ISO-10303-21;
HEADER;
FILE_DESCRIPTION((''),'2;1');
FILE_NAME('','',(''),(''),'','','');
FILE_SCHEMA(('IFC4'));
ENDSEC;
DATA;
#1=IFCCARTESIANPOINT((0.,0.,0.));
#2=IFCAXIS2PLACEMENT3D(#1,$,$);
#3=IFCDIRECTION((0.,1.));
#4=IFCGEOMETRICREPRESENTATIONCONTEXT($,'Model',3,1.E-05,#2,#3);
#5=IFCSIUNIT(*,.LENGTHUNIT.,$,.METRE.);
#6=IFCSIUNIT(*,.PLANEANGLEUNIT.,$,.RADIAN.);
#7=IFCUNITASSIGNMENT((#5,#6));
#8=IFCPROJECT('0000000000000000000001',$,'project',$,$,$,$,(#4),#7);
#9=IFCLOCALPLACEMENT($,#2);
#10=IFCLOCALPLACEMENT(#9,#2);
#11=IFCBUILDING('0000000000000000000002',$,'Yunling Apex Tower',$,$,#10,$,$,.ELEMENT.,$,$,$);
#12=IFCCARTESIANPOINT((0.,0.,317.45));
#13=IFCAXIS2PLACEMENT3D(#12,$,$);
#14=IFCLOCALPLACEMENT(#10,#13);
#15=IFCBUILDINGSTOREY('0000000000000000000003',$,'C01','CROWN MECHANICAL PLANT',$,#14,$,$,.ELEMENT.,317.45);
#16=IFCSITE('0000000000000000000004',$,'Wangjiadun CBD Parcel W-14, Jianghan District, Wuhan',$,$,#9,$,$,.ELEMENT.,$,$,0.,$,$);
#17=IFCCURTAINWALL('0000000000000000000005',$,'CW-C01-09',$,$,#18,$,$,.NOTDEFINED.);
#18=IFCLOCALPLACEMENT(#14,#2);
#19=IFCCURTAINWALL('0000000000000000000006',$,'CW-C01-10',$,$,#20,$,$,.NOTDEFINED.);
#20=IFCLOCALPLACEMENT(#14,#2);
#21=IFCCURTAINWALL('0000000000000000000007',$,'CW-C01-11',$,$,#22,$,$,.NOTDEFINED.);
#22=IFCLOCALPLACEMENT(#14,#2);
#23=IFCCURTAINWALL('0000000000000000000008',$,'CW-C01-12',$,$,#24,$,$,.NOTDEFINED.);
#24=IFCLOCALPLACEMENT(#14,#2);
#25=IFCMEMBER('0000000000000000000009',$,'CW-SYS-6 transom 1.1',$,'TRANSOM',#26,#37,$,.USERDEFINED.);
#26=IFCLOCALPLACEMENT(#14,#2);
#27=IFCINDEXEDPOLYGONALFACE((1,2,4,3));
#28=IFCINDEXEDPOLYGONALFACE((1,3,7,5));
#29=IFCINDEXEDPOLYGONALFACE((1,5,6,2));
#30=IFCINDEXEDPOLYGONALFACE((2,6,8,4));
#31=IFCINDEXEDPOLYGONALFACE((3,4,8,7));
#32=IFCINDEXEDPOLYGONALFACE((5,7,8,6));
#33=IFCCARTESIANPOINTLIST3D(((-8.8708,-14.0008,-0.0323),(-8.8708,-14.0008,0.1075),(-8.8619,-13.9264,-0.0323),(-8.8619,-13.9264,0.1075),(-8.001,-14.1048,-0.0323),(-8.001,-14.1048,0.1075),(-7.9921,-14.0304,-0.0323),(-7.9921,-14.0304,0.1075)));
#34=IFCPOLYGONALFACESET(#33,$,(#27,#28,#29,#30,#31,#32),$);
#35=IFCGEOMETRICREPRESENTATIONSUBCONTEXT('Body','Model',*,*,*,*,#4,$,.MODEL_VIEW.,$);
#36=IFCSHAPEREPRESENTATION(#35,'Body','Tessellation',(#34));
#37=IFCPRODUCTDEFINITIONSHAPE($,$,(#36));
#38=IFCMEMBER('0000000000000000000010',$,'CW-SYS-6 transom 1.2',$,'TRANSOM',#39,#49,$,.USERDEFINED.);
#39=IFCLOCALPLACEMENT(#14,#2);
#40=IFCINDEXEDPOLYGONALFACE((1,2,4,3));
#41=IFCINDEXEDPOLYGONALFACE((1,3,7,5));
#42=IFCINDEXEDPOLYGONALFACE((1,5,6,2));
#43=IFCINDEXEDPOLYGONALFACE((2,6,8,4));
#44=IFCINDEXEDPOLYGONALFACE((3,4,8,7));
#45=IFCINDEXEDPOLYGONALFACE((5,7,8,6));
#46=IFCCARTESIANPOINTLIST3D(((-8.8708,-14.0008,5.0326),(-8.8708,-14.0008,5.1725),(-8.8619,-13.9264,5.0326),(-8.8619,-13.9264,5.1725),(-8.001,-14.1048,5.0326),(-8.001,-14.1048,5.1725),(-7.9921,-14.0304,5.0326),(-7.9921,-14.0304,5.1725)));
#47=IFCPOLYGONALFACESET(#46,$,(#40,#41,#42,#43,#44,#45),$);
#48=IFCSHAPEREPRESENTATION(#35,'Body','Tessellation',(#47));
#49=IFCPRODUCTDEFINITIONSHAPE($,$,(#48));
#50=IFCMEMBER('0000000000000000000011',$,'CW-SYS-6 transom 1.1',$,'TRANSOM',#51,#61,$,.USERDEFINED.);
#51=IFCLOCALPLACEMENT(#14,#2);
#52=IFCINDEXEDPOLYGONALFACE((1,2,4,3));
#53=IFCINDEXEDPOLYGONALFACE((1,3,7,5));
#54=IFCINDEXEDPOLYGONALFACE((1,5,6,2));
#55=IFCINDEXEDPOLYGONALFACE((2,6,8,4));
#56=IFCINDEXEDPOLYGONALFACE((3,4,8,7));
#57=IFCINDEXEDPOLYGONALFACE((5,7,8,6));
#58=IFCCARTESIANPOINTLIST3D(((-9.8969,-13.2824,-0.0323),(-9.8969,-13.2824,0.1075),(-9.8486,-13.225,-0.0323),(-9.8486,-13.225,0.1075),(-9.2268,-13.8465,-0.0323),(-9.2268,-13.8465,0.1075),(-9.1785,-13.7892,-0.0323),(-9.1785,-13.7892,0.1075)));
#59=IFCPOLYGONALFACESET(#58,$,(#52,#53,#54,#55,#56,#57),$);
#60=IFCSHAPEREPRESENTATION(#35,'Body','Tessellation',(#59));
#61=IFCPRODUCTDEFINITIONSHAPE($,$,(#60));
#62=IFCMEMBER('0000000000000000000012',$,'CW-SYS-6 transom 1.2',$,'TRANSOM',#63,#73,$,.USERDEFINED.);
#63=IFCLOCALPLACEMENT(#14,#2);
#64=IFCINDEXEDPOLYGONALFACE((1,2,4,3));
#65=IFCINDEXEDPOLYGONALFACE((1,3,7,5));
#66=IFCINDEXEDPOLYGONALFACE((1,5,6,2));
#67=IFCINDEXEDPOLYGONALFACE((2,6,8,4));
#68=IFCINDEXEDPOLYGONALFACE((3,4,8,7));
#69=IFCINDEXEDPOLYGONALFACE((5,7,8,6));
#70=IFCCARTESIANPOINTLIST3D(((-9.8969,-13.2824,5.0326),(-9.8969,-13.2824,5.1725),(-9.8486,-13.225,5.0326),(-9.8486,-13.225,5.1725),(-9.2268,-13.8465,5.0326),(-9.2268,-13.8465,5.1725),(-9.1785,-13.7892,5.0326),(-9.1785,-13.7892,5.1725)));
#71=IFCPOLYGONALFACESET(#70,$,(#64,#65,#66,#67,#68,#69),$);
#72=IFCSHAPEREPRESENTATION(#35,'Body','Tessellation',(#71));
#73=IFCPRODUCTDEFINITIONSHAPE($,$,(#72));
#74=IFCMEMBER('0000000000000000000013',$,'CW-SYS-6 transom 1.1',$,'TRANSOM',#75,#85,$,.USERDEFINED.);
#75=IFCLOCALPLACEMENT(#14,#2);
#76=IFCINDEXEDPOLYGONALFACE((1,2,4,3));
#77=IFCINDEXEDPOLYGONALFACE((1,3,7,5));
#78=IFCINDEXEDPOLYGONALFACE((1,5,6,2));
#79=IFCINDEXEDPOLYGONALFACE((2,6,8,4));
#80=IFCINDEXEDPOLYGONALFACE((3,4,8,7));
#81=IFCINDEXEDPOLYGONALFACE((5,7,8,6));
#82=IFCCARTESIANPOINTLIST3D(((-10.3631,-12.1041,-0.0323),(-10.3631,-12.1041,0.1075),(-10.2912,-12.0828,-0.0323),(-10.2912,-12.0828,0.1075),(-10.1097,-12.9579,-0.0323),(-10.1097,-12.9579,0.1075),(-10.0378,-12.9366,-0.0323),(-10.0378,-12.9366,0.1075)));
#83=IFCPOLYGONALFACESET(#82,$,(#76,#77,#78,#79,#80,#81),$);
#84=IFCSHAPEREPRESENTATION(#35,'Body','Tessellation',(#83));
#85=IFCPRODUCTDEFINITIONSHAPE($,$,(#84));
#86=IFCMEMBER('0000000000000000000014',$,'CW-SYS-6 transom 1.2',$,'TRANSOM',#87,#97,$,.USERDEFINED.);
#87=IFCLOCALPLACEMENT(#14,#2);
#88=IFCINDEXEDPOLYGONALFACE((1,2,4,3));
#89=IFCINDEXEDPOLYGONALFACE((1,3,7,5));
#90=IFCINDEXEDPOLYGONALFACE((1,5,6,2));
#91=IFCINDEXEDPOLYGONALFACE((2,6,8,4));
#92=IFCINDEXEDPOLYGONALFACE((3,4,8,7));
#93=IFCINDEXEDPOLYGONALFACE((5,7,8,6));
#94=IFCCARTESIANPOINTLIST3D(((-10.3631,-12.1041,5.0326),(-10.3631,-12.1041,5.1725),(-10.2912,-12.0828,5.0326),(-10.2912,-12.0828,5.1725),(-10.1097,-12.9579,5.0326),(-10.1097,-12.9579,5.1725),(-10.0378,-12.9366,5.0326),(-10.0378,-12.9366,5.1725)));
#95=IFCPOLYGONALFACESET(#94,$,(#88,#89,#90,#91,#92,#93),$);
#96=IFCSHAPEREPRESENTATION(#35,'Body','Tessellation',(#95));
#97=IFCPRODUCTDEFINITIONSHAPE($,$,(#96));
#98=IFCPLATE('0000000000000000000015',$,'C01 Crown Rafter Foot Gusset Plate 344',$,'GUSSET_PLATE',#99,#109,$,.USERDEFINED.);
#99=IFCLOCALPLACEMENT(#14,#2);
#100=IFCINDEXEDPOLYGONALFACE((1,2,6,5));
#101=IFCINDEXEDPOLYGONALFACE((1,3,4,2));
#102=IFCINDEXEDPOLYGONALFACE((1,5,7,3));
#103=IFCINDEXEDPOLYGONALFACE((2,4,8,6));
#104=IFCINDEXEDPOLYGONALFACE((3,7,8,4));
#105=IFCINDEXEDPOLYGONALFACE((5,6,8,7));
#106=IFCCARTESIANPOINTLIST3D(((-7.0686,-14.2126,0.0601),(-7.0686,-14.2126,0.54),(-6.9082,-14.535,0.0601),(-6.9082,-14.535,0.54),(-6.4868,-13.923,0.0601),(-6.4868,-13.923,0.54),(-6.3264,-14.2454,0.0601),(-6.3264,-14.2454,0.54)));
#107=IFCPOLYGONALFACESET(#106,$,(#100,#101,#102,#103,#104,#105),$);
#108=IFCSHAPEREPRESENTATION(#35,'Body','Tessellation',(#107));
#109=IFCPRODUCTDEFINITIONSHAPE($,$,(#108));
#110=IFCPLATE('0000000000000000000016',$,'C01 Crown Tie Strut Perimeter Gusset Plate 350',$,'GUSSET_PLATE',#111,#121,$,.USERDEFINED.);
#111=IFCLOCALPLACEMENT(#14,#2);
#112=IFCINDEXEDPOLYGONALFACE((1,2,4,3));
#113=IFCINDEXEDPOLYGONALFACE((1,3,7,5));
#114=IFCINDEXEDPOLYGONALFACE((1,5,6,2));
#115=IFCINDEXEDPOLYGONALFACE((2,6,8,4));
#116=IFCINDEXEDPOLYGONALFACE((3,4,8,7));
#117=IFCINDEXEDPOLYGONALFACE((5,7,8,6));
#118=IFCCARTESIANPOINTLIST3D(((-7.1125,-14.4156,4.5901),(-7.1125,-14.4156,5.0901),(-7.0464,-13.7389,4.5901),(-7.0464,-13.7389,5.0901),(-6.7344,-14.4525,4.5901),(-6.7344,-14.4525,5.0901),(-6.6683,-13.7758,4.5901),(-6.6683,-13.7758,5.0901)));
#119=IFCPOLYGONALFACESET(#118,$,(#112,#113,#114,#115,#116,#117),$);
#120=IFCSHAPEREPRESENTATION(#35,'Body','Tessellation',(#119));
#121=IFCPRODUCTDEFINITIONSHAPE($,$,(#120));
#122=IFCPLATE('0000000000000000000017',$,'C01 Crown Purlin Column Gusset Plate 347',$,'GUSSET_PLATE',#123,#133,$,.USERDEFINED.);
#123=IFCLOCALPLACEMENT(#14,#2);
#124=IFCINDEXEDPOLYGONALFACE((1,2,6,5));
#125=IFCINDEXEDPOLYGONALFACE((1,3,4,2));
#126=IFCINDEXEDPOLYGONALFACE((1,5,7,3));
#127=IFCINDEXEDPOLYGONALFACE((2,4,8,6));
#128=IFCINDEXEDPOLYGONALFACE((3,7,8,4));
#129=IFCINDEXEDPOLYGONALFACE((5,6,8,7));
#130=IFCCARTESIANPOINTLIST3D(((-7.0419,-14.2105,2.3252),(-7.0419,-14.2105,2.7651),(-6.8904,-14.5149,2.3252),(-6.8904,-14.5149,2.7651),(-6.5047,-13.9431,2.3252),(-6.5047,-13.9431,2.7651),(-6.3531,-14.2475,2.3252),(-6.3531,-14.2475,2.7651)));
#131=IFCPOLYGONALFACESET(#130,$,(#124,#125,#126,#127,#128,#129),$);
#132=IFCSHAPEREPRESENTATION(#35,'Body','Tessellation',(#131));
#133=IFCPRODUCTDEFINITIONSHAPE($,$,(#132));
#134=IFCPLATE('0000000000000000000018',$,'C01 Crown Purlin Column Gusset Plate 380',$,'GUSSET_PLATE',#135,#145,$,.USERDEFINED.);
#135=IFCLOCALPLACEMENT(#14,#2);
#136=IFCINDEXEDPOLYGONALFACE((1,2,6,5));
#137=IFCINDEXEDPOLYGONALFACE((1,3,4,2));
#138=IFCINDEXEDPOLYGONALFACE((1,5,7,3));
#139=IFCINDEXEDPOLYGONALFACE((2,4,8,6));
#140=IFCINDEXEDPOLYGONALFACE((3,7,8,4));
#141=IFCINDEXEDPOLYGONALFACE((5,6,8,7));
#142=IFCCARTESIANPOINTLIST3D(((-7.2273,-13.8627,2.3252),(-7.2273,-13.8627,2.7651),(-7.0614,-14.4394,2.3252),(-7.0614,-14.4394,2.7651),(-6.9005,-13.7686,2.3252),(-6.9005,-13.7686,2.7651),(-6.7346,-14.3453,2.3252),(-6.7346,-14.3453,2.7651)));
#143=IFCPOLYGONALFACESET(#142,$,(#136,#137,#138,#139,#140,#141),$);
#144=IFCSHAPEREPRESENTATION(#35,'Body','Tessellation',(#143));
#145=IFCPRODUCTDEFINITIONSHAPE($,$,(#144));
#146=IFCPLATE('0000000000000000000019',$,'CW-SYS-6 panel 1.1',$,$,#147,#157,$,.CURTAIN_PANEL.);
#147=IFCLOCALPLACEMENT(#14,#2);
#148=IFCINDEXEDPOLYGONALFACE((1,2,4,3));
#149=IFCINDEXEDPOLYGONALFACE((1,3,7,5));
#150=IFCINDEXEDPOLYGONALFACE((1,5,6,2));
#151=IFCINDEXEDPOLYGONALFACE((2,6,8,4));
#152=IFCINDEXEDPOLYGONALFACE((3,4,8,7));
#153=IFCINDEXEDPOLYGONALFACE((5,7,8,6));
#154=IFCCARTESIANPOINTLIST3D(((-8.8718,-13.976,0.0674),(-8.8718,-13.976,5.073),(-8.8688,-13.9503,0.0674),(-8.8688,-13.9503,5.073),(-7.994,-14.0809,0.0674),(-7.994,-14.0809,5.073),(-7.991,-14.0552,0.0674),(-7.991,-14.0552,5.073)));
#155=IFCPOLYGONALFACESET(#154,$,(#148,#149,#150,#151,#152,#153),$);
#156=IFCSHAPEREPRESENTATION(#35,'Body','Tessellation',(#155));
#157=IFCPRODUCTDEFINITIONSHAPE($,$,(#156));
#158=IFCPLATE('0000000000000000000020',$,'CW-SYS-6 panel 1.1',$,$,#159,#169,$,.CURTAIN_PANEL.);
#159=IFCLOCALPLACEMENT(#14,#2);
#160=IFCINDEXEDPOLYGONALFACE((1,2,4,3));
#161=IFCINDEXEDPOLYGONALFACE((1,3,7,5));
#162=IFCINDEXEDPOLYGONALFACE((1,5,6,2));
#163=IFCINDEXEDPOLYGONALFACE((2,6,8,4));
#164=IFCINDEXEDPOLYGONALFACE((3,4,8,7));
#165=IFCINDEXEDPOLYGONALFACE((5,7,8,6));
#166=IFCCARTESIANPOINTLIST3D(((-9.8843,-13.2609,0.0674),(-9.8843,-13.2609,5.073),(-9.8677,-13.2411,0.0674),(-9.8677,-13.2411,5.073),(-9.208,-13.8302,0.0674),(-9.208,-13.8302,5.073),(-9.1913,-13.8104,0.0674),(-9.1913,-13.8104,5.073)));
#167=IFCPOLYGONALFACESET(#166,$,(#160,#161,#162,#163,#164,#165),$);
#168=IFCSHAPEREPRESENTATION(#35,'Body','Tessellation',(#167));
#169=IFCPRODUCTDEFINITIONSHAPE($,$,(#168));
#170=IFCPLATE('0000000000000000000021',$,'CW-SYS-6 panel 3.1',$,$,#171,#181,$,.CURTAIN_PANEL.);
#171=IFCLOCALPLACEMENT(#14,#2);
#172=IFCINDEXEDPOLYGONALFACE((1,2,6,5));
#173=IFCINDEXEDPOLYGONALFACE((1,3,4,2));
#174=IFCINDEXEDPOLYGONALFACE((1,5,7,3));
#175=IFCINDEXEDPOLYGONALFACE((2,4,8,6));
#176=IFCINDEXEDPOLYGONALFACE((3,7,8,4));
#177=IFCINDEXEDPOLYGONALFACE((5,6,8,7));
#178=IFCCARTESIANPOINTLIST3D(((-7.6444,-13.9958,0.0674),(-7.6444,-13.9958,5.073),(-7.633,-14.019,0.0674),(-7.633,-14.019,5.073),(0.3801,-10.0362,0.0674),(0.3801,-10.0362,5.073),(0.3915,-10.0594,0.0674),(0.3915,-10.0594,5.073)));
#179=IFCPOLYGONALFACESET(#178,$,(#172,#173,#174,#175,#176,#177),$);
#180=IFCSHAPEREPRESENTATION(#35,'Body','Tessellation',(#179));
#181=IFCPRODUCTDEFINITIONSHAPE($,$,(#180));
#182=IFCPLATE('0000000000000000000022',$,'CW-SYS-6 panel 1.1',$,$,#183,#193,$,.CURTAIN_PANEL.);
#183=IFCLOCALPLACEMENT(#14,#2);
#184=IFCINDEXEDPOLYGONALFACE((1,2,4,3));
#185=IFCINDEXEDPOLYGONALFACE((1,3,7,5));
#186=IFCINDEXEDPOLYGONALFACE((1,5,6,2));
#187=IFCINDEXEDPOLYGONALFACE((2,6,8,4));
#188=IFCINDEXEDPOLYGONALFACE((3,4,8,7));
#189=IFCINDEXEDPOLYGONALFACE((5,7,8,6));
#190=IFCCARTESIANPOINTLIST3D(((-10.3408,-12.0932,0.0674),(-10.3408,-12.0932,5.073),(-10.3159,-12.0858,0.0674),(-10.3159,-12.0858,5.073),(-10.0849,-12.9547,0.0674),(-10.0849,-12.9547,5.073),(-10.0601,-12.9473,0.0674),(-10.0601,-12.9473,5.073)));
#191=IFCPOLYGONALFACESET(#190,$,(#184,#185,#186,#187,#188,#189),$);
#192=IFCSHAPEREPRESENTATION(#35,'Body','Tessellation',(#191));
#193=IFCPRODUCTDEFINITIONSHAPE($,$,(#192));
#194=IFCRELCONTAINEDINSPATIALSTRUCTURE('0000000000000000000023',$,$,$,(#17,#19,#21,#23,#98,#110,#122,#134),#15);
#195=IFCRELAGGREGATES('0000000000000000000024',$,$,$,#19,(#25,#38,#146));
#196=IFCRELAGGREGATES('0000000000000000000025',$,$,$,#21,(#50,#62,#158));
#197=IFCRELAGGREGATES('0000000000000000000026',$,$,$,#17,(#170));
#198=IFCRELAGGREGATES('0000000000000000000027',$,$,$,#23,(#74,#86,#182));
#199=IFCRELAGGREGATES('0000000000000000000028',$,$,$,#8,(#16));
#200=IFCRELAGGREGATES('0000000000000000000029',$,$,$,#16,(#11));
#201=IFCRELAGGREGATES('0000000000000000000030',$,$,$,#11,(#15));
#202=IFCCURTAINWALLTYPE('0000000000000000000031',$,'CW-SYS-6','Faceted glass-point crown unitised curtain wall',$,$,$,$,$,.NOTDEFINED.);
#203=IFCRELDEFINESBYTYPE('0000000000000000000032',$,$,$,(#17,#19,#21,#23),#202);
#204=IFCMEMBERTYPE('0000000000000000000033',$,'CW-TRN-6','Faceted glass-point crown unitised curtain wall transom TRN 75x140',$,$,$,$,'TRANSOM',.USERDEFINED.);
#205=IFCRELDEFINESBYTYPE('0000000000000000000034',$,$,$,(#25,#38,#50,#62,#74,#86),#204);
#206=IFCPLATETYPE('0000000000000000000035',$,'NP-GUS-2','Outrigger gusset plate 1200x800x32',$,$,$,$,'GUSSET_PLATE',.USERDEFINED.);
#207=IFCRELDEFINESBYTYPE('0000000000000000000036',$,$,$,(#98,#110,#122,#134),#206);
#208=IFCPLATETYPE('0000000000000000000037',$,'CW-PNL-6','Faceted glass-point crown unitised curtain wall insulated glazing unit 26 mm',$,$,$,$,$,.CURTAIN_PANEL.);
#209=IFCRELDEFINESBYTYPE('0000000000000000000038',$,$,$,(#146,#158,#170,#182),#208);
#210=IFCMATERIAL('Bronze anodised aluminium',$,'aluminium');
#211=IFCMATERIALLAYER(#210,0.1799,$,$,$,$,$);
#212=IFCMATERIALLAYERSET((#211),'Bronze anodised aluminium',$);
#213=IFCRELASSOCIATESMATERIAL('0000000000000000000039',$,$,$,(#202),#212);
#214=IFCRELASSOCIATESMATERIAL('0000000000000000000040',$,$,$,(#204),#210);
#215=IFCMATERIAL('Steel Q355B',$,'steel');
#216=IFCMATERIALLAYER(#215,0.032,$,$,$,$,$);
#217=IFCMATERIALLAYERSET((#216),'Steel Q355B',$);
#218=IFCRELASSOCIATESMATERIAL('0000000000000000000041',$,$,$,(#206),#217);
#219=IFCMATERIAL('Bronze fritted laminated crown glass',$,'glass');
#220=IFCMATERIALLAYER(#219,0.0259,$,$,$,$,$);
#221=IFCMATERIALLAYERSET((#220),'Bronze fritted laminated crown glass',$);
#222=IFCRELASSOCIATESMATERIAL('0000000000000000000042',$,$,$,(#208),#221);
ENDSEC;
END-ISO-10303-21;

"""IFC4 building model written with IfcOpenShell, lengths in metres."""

from ifc_helpers import new_model, si_unit, direction, frame, origin, origin_2d, place, context, subcontext, project, spatial, rectangle, extrude, source, transform, mapped, material, layer, layer_set, material_profile, profile_set, type_object, element, aggregate, save


model = new_model("IFC4")

# Units and contexts
model_context = context("Model", 3, precision=1e-05, world=origin(), true_north=direction((0.0, 1.0)))
body_context = subcontext(model_context, "Body", "Model", "MODEL_VIEW")
ifc_project = project(units=[si_unit("LENGTHUNIT", "METRE"), si_unit("PLANEANGLEUNIT", "RADIAN")], contexts=[model_context])

# Site, building, storey
site_placement = place(None, origin())
site = spatial("IfcSite", under=ifc_project, at=site_placement, Name="Wangjiadun CBD Parcel W-14, Jianghan District, Wuhan", CompositionType="ELEMENT", RefElevation=0.0)
building_placement = place(site_placement, origin())
building = spatial("IfcBuilding", under=site, at=building_placement, Name="Yunling Apex Tower", CompositionType="ELEMENT")
storey_placement = place(building_placement, frame((0.0, 0.0, 317.45)))
storey = spatial("IfcBuildingStorey", under=building, at=storey_placement, Name="C01", Description="CROWN MECHANICAL PLANT", CompositionType="ELEMENT", Elevation=317.45)

# Shared definitions
ifc_material_1 = material(Name="Steel Q355B", Category="steel")

# Curtain wall
ifc_material_2 = material(Name="Bronze anodised aluminium", Category="aluminium")
ifc_layer_1 = layer(ifc_material_2, 0.1799)
ifc_layer_set_1 = layer_set([ifc_layer_1], Name="Bronze anodised aluminium")
curtain_wall_type = type_object("IfcCurtainWallType", Name="CW-SYS-6", Description="Faceted glass-point crown unitised curtain wall", PredefinedType="NOTDEFINED", material=ifc_layer_set_1)
curtain_wall_1_placement = place(storey_placement, origin())
curtain_wall_1 = element("IfcCurtainWall", 1, at=curtain_wall_1_placement, inside=storey, type_object=curtain_wall_type, Name="CW-C01-09", PredefinedType="NOTDEFINED")

# Curtain walls
curtain_wall_2_placement = place(storey_placement, origin())
curtain_wall_2 = element("IfcCurtainWall", 2, at=curtain_wall_2_placement, inside=storey, type_object=curtain_wall_type, Name="CW-C01-10", PredefinedType="NOTDEFINED")
curtain_wall_3_placement = place(storey_placement, origin())
curtain_wall_3 = element("IfcCurtainWall", 3, at=curtain_wall_3_placement, inside=storey, type_object=curtain_wall_type, Name="CW-C01-11", PredefinedType="NOTDEFINED")
curtain_wall_4_placement = place(storey_placement, origin())
curtain_wall_4 = element("IfcCurtainWall", 4, at=curtain_wall_4_placement, inside=storey, type_object=curtain_wall_type, Name="CW-C01-12", PredefinedType="NOTDEFINED")

# Members
ifc_material_profile_1 = material_profile(ifc_material_2, rectangle(XDim=0.075, YDim=0.1399, at=origin_2d()))
ifc_profile_set_1 = profile_set([ifc_material_profile_1], Name="Bronze anodised aluminium")
member_type_1 = type_object("IfcMemberType", Name="CW-TRN-6", Description="Faceted glass-point crown unitised curtain wall transom TRN 75x140", ElementType="TRANSOM", PredefinedType="USERDEFINED", material=ifc_profile_set_1)
shared_shape_1 = source(origin(), body_context, "Body", "SweptSolid", [
    extrude(rectangle(XDim=0.075, YDim=0.1399, at=origin_2d()), origin(), (0.0, 0.0, 1.0), 0.876),
])
member_1_placement = place(storey_placement, frame((-7.9966, -14.0676, 0.0376), z_axis=(-0.992928, 0.118717, 0.0), x_axis=(-0.118717, -0.992928, 0.0)))
member_1 = element("IfcMember", 5, at=member_1_placement, type_object=member_type_1, Name="CW-SYS-6 transom 1.1", ObjectType="TRANSOM", PredefinedType="USERDEFINED", context=body_context, shape_type="MappedRepresentation", body=[
    mapped(shared_shape_1, transform((0.0, 0.0, 0.0), scale=1.0)),
])
member_2_placement = place(storey_placement, frame((-7.9966, -14.0676, 5.1025), z_axis=(-0.992928, 0.118717, 0.0), x_axis=(-0.118717, -0.992928, 0.0)))
member_2 = element("IfcMember", 6, at=member_2_placement, type_object=member_type_1, Name="CW-SYS-6 transom 1.2", ObjectType="TRANSOM", PredefinedType="USERDEFINED", context=body_context, shape_type="MappedRepresentation", body=[
    mapped(shared_shape_1, transform((0.0, 0.0, 0.0), scale=1.0)),
])
member_3_placement = place(storey_placement, frame((-9.2026, -13.8179, 0.0376), z_axis=(-0.764991, 0.644041, 0.0), x_axis=(-0.644041, -0.764991, 0.0)))
member_3 = element("IfcMember", 7, at=member_3_placement, type_object=member_type_1, Name="CW-SYS-6 transom 1.1", ObjectType="TRANSOM", PredefinedType="USERDEFINED", context=body_context, shape_type="MappedRepresentation", body=[
    mapped(shared_shape_1, transform((0.0, 0.0, 0.0), scale=1.0)),
])
member_4_placement = place(storey_placement, frame((-9.2026, -13.8179, 5.1025), z_axis=(-0.764991, 0.644041, 0.0), x_axis=(-0.644041, -0.764991, 0.0)))
member_4 = element("IfcMember", 8, at=member_4_placement, type_object=member_type_1, Name="CW-SYS-6 transom 1.2", ObjectType="TRANSOM", PredefinedType="USERDEFINED", context=body_context, shape_type="MappedRepresentation", body=[
    mapped(shared_shape_1, transform((0.0, 0.0, 0.0), scale=1.0)),
])
shared_shape_2 = source(origin(), body_context, "Body", "SweptSolid", [
    extrude(rectangle(XDim=0.075, YDim=0.1399, at=origin_2d()), origin(), (0.0, 0.0, 1.0), 0.8906),
])
member_5_placement = place(storey_placement, frame((-10.0737, -12.9473, 0.0376), z_axis=(-0.284555, 0.95866, 0.0), x_axis=(-0.95866, -0.284555, 0.0)))
member_5 = element("IfcMember", 9, at=member_5_placement, type_object=member_type_1, Name="CW-SYS-6 transom 1.1", ObjectType="TRANSOM", PredefinedType="USERDEFINED", context=body_context, shape_type="MappedRepresentation", body=[
    mapped(shared_shape_2, transform((0.0, 0.0, 0.0), scale=1.0)),
])
member_6_placement = place(storey_placement, frame((-10.0737, -12.9473, 5.1025), z_axis=(-0.284555, 0.95866, 0.0), x_axis=(-0.95866, -0.284555, 0.0)))
member_6 = element("IfcMember", 10, at=member_6_placement, type_object=member_type_1, Name="CW-SYS-6 transom 1.2", ObjectType="TRANSOM", PredefinedType="USERDEFINED", context=body_context, shape_type="MappedRepresentation", body=[
    mapped(shared_shape_2, transform((0.0, 0.0, 0.0), scale=1.0)),
])

# Plates
ifc_layer_2 = layer(ifc_material_1, 0.032)
ifc_layer_set_2 = layer_set([ifc_layer_2], Name="Steel Q355B")
plate_type_1 = type_object("IfcPlateType", Name="NP-GUS-2", Description="Outrigger gusset plate 1200x800x32", ElementType="GUSSET_PLATE", PredefinedType="USERDEFINED", material=ifc_layer_set_2)
shared_shape_3 = source(origin(), body_context, "Body", "SweptSolid", [
    extrude(rectangle(XDim=0.6499, YDim=0.3601, at=origin_2d()), origin(), (0.0, 0.0, 1.0), 0.48),
])
plate_1_placement = place(storey_placement, frame((-6.6975, -14.229, 0.0601), z_axis=(0.0, 0.0, 1.0), x_axis=(0.895246, 0.445573, 0.0)))
element("IfcPlate", 11, at=plate_1_placement, inside=storey, type_object=plate_type_1, Name="C01 Crown Rafter Foot Gusset Plate 344", ObjectType="GUSSET_PLATE", PredefinedType="USERDEFINED", context=body_context, shape_type="MappedRepresentation", body=[
    mapped(shared_shape_3, transform((0.0, 0.0, 0.0), scale=1.0)),
])
shared_shape_4 = source(origin(), body_context, "Body", "SweptSolid", [
    extrude(rectangle(XDim=0.6799, YDim=0.3799, at=origin_2d()), origin(), (0.0, 0.0, 1.0), 0.5),
])
plate_2_placement = place(storey_placement, frame((-6.8904, -14.0957, 4.5901), z_axis=(0.0, 0.0, 1.0), x_axis=(-0.097235, -0.995261, 0.0)))
element("IfcPlate", 12, at=plate_2_placement, inside=storey, type_object=plate_type_1, Name="C01 Crown Tie Strut Perimeter Gusset Plate 350", ObjectType="GUSSET_PLATE", PredefinedType="USERDEFINED", context=body_context, shape_type="MappedRepresentation", body=[
    mapped(shared_shape_4, transform((0.0, 0.0, 0.0), scale=1.0)),
])
shared_shape_5 = source(origin(), body_context, "Body", "SweptSolid", [
    extrude(rectangle(XDim=0.6001, YDim=0.3401, at=origin_2d()), origin(), (0.0, 0.0, 1.0), 0.4399),
])
for number, where, z_axis, x_axis, name in (
    (13, (-6.6975, -14.229, 2.3252), (0.0, 0.0, 1.0), (0.895246, 0.445573, 0.0), "C01 Crown Purlin Column Gusset Plate 347"),
    (14, (-6.981, -14.104, 2.3252), (0.0, 0.0, 1.0), (0.276476, -0.961021, 0.0), "C01 Crown Purlin Column Gusset Plate 380"),
):
    element("IfcPlate", number, at=place(storey_placement, frame(where, z_axis=z_axis, x_axis=x_axis)), inside=storey, type_object=plate_type_1, Name=name, ObjectType="GUSSET_PLATE", PredefinedType="USERDEFINED", context=body_context, shape_type="MappedRepresentation", body=[
        mapped(shared_shape_5, transform((0.0, 0.0, 0.0), scale=1.0)),
    ])

# Plates
ifc_material_3 = material(Name="Bronze fritted laminated crown glass", Category="glass")
ifc_layer_3 = layer(ifc_material_3, 0.0259)
ifc_layer_set_3 = layer_set([ifc_layer_3], Name="Bronze fritted laminated crown glass")
plate_type_2 = type_object("IfcPlateType", Name="CW-PNL-6", Description="Faceted glass-point crown unitised curtain wall insulated glazing unit 26 mm", PredefinedType="CURTAIN_PANEL", material=ifc_layer_set_3)
shared_shape_6 = source(origin(), body_context, "Body", "SweptSolid", [
    extrude(rectangle(XDim=0.884, YDim=0.0259, at=origin_2d()), origin(), (0.0, 0.0, 1.0), 5.0056),
])
plate_3_placement = place(storey_placement, frame((-8.4314, -14.0156, 0.0674), z_axis=(0.0, 0.0, 1.0), x_axis=(-0.992931, 0.118692, 0.0)))
plate_3 = element("IfcPlate", 15, at=plate_3_placement, type_object=plate_type_2, Name="CW-SYS-6 panel 1.1", PredefinedType="CURTAIN_PANEL", context=body_context, shape_type="MappedRepresentation", body=[
    mapped(shared_shape_6, transform((0.0, 0.0, 0.0), scale=1.0)),
])
aggregate(curtain_wall_2, [member_1, member_2, plate_3])
plate_4_placement = place(storey_placement, frame((-9.5378, -13.5356, 0.0674), z_axis=(0.0, 0.0, 1.0), x_axis=(-0.765041, 0.643982, 0.0)))
plate_4 = element("IfcPlate", 16, at=plate_4_placement, type_object=plate_type_2, Name="CW-SYS-6 panel 1.1", PredefinedType="CURTAIN_PANEL", context=body_context, shape_type="MappedRepresentation", body=[
    mapped(shared_shape_6, transform((0.0, 0.0, 0.0), scale=1.0)),
])
aggregate(curtain_wall_3, [member_3, member_4, plate_4])
shared_shape_7 = source(origin(), body_context, "Body", "SweptSolid", [
    extrude(rectangle(XDim=8.9482, YDim=0.0259, at=origin_2d()), origin(), (0.0, 0.0, 1.0), 5.0056),
])
plate_5_placement = place(storey_placement, frame((-3.6265, -12.0276, 0.0674), z_axis=(0.0, 0.0, 1.0), x_axis=(-0.89677, -0.442496, 0.0)))
plate_5 = element("IfcPlate", 17, at=plate_5_placement, type_object=plate_type_2, Name="CW-SYS-6 panel 3.1", PredefinedType="CURTAIN_PANEL", context=body_context, shape_type="MappedRepresentation", body=[
    mapped(shared_shape_7, transform((0.0, 0.0, 0.0), scale=1.0)),
])
aggregate(curtain_wall_1, [plate_5])
shared_shape_8 = source(origin(), body_context, "Body", "SweptSolid", [
    extrude(rectangle(XDim=0.8987, YDim=0.0259, at=origin_2d()), origin(), (0.0, 0.0, 1.0), 5.0056),
])
plate_6_placement = place(storey_placement, frame((-10.2004, -12.5203, 0.0674), z_axis=(0.0, 0.0, 1.0), x_axis=(-0.284665, 0.958627, 0.0)))
plate_6 = element("IfcPlate", 18, at=plate_6_placement, type_object=plate_type_2, Name="CW-SYS-6 panel 1.1", PredefinedType="CURTAIN_PANEL", context=body_context, shape_type="MappedRepresentation", body=[
    mapped(shared_shape_8, transform((0.0, 0.0, 0.0), scale=1.0)),
])
aggregate(curtain_wall_4, [member_5, member_6, plate_6])

save(model, "model.ifc")
